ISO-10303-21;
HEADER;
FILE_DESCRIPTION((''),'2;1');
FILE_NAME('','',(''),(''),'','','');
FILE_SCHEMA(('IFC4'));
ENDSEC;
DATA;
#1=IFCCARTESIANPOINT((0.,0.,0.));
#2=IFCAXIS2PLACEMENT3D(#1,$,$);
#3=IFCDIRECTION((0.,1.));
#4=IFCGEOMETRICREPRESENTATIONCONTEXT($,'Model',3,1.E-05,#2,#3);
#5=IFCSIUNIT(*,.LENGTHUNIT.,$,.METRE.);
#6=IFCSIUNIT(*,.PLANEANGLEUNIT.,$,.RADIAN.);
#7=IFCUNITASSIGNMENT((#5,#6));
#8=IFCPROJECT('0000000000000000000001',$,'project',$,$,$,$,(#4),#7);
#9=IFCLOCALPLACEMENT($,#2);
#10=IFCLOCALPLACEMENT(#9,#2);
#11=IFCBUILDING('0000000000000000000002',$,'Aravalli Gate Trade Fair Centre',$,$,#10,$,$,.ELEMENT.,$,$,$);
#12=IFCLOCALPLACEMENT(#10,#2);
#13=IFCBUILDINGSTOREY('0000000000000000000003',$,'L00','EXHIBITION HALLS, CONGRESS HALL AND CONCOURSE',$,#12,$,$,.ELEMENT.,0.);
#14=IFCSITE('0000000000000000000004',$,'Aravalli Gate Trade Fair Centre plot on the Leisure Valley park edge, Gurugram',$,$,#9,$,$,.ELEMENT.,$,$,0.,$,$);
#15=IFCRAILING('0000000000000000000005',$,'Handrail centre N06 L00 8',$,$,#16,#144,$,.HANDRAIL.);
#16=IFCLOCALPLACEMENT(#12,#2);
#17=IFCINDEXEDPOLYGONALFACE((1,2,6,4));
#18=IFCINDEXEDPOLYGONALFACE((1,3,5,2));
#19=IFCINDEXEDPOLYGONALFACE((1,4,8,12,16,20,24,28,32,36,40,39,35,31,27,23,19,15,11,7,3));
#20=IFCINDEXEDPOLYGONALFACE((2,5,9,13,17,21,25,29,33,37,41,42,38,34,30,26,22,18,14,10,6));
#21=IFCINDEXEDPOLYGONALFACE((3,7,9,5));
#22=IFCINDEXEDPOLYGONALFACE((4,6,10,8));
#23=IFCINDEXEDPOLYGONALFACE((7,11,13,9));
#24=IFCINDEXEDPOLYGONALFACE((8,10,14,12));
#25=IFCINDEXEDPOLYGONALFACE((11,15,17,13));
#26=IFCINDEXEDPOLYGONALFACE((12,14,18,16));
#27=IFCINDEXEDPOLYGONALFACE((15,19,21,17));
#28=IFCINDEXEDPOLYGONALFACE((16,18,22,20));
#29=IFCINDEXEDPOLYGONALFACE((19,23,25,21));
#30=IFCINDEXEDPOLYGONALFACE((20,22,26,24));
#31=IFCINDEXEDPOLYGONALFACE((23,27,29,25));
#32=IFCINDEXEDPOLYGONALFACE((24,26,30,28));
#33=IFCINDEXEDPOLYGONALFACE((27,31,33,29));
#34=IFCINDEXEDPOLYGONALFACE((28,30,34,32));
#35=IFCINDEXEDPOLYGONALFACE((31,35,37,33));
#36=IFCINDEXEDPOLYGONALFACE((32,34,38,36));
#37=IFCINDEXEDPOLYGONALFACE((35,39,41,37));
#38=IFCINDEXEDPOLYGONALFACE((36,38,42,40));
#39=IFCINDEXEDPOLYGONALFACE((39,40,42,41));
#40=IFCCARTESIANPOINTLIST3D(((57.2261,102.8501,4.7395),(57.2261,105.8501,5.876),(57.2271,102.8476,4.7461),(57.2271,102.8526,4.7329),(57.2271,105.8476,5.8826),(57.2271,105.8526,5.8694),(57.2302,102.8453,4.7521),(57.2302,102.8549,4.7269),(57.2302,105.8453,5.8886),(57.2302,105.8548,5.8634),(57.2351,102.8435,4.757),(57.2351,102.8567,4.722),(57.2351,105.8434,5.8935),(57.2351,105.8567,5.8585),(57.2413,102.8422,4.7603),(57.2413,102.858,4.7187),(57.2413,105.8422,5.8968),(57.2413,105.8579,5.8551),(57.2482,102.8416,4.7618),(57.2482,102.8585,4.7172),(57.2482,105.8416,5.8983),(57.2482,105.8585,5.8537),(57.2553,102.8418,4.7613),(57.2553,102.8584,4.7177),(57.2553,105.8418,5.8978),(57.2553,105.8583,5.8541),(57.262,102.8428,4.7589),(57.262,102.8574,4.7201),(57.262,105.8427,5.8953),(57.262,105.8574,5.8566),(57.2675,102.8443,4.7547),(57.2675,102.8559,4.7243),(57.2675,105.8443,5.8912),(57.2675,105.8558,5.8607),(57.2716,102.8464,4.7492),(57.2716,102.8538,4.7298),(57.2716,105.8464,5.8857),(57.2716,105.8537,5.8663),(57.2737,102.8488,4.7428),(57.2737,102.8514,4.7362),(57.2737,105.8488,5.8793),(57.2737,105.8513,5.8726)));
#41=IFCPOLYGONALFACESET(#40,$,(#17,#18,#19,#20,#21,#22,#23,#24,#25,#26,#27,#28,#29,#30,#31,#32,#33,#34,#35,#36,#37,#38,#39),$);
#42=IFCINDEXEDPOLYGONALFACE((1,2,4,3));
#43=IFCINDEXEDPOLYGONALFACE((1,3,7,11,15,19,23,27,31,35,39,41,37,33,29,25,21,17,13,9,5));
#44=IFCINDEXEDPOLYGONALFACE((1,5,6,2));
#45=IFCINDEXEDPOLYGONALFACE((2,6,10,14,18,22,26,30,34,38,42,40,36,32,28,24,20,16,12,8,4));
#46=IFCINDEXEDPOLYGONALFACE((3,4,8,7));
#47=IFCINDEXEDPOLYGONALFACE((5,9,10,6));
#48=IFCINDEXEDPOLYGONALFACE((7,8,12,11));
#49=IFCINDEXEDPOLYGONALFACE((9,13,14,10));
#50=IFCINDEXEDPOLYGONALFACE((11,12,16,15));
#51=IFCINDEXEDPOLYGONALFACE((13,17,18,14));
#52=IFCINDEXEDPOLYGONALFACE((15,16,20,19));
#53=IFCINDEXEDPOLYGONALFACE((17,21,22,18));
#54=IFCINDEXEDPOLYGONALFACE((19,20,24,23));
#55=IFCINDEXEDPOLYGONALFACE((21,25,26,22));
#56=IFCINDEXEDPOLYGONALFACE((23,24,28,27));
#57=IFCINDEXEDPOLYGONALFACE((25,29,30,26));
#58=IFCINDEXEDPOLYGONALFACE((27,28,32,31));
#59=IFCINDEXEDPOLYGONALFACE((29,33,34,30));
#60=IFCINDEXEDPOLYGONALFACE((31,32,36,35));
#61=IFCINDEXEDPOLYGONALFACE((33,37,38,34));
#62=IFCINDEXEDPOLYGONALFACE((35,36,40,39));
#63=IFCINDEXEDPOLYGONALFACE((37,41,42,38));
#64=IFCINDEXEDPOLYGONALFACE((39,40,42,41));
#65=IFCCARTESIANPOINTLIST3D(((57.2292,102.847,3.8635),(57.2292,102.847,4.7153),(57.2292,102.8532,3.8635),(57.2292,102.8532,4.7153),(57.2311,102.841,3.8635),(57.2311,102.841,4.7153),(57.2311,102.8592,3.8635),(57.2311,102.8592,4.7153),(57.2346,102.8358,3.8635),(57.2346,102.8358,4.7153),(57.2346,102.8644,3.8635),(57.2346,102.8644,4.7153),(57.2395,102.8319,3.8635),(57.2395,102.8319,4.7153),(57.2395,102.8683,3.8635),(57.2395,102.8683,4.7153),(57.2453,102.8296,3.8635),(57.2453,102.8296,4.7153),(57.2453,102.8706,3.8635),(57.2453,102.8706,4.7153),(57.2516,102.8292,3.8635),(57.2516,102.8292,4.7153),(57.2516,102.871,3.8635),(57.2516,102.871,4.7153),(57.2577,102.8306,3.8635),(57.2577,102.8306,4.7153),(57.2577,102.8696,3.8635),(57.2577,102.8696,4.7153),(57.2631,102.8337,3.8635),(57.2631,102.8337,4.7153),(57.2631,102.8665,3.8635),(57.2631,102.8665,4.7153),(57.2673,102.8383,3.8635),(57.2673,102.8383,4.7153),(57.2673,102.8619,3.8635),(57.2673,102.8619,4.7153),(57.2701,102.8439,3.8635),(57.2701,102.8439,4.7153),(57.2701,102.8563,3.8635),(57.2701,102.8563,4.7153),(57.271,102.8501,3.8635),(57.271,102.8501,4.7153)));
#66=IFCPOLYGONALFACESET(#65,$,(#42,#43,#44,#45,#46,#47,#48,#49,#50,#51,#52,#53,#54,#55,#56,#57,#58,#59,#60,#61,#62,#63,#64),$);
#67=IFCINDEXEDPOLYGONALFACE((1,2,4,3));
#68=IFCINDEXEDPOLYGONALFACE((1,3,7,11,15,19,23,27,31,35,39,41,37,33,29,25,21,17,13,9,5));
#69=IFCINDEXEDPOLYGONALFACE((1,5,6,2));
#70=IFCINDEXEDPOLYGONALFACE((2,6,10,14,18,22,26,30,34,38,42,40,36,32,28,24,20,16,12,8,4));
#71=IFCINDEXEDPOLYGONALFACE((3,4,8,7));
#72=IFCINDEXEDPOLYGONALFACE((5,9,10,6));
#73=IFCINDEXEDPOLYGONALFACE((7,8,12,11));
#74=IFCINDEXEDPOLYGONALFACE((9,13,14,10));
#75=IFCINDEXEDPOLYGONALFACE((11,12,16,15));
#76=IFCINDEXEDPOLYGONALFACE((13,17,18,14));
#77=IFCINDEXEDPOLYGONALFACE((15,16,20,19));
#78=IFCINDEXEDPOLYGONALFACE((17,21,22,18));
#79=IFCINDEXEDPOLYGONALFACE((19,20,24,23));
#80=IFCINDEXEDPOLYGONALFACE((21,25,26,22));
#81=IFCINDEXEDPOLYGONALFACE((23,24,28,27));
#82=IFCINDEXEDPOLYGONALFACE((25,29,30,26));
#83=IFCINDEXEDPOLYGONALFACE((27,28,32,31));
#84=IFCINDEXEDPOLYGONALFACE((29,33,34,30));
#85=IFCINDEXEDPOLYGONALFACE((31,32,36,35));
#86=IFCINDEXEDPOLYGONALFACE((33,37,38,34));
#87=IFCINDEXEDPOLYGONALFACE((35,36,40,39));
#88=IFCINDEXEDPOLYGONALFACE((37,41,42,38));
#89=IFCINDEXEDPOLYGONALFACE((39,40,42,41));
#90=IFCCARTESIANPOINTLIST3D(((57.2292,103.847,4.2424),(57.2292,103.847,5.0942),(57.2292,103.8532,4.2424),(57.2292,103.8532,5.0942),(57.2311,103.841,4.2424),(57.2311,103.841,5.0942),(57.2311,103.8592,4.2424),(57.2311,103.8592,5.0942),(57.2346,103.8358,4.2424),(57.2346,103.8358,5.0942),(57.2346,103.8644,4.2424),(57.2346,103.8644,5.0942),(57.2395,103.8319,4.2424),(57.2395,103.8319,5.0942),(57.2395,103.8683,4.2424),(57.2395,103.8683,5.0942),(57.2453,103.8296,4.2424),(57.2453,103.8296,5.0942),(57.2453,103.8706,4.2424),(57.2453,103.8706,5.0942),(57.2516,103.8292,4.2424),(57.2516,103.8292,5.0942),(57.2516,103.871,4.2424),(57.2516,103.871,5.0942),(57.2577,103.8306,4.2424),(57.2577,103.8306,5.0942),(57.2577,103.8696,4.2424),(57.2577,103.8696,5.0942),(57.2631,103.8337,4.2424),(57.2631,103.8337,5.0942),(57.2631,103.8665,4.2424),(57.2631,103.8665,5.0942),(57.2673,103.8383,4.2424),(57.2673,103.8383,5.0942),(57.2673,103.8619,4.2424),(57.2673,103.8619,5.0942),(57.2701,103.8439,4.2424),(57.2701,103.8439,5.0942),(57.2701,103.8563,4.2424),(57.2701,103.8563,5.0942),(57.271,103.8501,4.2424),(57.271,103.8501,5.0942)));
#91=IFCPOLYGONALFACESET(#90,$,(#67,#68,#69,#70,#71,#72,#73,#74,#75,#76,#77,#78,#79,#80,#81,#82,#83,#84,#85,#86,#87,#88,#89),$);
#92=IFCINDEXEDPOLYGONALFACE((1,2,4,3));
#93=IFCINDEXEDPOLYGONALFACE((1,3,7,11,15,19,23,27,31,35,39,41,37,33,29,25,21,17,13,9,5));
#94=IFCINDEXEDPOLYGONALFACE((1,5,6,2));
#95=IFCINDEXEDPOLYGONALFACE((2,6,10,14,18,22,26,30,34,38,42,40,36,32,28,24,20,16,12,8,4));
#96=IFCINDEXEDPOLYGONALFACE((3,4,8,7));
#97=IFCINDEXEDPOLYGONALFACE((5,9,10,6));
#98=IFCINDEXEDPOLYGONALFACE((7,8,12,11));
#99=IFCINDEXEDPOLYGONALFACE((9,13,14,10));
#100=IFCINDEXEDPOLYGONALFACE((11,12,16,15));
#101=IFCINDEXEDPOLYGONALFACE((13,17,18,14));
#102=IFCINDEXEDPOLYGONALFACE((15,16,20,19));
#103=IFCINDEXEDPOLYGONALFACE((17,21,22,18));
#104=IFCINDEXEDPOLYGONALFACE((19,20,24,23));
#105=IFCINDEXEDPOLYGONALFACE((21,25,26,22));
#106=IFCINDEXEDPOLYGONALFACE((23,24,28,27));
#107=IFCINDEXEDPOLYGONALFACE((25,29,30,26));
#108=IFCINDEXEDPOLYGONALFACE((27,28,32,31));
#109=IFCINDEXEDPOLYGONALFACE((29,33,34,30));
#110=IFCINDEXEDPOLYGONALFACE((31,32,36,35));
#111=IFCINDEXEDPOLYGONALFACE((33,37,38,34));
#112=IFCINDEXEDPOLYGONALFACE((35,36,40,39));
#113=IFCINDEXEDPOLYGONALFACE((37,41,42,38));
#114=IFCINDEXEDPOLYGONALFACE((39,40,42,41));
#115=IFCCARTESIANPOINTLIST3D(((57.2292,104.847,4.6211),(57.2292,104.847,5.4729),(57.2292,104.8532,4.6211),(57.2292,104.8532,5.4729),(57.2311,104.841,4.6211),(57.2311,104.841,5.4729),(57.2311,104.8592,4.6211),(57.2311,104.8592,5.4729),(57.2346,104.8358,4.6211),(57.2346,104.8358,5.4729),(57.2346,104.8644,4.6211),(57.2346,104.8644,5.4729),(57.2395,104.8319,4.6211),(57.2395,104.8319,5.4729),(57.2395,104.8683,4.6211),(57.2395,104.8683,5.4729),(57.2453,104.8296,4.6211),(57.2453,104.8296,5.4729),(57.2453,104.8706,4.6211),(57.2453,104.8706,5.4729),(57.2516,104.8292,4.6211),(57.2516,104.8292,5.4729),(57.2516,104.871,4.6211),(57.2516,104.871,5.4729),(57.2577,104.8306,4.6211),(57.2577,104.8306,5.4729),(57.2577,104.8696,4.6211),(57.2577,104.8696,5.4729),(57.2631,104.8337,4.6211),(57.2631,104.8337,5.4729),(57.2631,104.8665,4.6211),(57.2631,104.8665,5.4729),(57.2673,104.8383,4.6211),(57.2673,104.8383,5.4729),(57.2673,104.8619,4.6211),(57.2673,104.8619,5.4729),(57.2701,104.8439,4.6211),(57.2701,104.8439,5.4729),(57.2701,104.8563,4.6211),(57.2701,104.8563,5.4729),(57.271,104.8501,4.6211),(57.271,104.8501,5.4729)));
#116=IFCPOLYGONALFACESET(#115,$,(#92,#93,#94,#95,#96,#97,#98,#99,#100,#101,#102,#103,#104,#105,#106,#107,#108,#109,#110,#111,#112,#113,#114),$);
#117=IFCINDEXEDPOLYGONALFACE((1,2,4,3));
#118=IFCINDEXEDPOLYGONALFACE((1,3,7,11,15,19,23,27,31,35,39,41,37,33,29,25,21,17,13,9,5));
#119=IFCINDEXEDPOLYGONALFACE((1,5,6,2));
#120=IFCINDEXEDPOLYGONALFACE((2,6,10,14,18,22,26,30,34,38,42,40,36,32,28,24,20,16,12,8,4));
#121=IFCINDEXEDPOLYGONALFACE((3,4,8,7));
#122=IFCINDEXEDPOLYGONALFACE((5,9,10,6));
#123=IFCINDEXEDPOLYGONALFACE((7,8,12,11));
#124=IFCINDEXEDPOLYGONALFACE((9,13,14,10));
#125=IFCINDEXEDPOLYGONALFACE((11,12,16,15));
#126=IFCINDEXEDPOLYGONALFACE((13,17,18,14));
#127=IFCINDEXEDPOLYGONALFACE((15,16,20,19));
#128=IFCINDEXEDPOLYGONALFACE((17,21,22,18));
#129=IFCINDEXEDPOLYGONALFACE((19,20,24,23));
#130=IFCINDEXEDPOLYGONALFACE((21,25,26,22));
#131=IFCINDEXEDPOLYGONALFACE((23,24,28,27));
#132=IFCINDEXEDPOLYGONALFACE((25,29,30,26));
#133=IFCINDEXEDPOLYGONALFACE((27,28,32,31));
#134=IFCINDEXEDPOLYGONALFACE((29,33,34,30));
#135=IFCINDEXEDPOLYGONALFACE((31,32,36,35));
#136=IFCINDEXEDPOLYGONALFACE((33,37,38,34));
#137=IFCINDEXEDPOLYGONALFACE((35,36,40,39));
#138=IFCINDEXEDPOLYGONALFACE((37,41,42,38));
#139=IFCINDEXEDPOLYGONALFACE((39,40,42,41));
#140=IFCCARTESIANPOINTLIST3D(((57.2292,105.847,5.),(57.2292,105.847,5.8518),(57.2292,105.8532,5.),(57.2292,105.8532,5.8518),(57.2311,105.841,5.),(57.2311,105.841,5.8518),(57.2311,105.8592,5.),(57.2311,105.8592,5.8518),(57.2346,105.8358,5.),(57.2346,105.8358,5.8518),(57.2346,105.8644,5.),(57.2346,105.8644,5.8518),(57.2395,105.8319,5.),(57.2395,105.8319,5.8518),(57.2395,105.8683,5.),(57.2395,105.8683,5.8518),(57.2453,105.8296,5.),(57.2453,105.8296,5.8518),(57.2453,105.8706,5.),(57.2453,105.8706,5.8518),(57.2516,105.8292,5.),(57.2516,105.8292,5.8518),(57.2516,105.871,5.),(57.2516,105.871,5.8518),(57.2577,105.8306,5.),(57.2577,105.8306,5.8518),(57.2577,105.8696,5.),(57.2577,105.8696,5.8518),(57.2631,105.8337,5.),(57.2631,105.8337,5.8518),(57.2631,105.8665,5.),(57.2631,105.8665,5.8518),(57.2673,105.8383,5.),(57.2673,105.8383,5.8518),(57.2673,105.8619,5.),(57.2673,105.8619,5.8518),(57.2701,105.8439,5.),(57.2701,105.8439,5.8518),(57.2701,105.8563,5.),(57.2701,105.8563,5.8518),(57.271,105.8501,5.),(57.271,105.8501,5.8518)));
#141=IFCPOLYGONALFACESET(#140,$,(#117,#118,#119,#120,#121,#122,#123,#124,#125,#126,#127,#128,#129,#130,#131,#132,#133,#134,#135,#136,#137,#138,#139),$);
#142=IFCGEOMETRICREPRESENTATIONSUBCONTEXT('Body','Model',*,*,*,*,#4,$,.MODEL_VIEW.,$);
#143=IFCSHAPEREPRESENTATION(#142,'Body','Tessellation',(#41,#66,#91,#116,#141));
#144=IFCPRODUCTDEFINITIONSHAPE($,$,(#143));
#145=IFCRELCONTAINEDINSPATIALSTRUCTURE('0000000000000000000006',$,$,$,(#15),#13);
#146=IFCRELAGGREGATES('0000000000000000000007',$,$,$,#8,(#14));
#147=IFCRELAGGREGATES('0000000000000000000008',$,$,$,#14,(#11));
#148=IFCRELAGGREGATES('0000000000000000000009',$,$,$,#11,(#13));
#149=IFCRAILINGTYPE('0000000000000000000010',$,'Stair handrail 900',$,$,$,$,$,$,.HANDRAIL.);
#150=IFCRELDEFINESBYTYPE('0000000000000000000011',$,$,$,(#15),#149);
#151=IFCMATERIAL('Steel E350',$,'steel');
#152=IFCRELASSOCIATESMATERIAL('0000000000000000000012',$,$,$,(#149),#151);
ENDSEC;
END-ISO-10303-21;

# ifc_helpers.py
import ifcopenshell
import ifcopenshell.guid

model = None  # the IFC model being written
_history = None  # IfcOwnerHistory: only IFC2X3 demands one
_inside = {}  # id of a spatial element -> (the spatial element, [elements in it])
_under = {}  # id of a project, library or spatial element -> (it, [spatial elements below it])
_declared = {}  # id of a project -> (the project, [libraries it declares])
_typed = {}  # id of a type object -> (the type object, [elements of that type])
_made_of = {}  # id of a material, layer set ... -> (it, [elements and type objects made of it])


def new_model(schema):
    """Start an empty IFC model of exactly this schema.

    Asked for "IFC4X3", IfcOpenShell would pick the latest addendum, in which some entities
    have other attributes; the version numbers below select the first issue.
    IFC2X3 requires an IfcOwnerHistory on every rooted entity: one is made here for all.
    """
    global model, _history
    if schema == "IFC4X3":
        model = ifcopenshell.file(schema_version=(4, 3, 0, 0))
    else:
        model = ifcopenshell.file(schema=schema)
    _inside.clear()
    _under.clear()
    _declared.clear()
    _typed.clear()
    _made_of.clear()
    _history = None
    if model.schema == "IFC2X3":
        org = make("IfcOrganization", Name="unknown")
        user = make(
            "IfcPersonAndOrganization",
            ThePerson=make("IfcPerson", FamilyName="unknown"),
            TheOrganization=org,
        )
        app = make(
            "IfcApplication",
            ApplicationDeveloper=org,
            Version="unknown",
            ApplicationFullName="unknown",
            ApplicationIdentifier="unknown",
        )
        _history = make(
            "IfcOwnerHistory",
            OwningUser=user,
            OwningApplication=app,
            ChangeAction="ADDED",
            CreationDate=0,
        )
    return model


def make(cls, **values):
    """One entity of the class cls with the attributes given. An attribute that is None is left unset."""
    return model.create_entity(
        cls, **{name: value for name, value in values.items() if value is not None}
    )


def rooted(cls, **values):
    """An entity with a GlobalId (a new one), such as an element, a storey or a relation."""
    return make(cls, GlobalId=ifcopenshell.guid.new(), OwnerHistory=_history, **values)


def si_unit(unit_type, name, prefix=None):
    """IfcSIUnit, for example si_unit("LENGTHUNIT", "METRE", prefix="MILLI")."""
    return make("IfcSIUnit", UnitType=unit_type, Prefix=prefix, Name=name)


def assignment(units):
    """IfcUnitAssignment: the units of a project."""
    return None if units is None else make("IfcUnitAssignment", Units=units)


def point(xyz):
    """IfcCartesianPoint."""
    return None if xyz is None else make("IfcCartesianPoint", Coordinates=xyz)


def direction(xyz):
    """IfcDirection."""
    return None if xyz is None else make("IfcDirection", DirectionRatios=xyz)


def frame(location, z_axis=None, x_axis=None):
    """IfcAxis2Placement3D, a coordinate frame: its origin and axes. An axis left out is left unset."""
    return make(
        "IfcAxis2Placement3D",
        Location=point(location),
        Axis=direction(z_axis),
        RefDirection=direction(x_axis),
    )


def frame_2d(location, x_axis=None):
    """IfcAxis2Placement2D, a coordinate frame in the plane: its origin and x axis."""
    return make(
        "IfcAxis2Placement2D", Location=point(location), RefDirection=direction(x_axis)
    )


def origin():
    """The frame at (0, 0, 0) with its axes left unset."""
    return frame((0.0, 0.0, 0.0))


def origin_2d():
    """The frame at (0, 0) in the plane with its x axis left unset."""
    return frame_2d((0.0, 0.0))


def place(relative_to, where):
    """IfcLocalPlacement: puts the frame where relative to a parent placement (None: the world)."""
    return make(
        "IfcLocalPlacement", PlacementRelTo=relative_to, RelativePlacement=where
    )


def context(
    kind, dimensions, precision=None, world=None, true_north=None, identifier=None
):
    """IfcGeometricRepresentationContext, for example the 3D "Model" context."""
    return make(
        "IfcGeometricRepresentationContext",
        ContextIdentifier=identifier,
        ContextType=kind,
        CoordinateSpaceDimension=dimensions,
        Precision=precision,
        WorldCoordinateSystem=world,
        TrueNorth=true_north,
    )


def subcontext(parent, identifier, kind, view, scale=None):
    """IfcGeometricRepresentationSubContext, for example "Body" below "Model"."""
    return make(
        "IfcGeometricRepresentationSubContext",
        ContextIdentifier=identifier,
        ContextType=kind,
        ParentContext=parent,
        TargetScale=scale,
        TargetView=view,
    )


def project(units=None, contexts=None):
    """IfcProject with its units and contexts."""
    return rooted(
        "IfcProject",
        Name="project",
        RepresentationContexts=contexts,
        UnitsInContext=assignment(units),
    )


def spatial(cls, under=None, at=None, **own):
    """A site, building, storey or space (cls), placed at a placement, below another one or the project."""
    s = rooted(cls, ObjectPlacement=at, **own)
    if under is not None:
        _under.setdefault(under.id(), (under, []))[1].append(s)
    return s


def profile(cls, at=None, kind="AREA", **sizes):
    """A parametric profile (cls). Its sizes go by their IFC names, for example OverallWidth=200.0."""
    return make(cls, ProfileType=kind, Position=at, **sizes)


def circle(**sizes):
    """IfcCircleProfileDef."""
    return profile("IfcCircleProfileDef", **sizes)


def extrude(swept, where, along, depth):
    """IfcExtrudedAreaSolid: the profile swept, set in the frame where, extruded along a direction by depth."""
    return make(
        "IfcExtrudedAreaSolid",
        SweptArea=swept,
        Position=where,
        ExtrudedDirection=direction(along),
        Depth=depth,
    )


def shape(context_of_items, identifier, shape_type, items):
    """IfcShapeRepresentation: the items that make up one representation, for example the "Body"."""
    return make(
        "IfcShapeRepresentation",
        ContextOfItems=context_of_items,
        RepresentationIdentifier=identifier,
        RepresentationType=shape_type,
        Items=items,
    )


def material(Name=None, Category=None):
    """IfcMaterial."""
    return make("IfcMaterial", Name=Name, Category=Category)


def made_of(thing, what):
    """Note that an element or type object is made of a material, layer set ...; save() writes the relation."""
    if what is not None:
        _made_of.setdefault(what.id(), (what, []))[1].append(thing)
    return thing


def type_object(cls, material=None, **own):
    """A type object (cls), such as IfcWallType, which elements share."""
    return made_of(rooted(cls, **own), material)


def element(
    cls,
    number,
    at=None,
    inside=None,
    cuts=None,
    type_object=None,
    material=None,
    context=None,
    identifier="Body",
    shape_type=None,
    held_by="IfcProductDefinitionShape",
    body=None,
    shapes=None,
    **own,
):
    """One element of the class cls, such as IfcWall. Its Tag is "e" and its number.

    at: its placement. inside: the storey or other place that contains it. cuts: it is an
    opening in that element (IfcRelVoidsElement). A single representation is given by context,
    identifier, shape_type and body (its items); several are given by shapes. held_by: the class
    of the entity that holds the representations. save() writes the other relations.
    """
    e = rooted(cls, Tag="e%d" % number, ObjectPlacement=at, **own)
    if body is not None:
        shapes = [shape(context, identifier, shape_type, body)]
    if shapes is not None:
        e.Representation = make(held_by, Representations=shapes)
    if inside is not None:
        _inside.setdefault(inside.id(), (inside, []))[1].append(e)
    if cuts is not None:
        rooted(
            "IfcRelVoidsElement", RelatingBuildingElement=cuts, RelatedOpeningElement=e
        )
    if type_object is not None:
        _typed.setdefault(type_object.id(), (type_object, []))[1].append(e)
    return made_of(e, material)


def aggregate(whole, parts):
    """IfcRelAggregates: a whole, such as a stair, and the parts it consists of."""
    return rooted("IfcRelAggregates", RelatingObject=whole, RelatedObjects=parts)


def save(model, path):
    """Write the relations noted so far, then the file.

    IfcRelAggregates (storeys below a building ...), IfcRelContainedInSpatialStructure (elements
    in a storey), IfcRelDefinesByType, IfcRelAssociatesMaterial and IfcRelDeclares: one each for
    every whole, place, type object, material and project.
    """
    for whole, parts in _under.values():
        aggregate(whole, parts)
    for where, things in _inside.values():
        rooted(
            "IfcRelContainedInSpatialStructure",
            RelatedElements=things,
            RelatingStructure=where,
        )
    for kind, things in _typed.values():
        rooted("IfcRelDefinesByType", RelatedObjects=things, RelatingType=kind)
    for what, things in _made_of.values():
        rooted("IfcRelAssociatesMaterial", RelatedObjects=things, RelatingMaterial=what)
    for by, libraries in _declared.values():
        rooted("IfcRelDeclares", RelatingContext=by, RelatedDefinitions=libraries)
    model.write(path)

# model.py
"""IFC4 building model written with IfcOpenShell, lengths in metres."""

from ifc_helpers import new_model, si_unit, direction, frame, origin, origin_2d, place, context, subcontext, project, spatial, circle, extrude, material, type_object, element, save


model = new_model("IFC4")

# Units and contexts
model_context = context("Model", 3, precision=1e-05, world=origin(), true_north=direction((0.0, 1.0)))
body_context = subcontext(model_context, "Body", "Model", "MODEL_VIEW")
ifc_project = project(units=[si_unit("LENGTHUNIT", "METRE"), si_unit("PLANEANGLEUNIT", "RADIAN")], contexts=[model_context])

# Site, building, storey
site_placement = place(None, origin())
site = spatial("IfcSite", under=ifc_project, at=site_placement, Name="Aravalli Gate Trade Fair Centre plot on the Leisure Valley park edge, Gurugram", CompositionType="ELEMENT", RefElevation=0.0)
building_placement = place(site_placement, origin())
building = spatial("IfcBuilding", under=site, at=building_placement, Name="Aravalli Gate Trade Fair Centre", CompositionType="ELEMENT")
storey_placement = place(building_placement, origin())
storey = spatial("IfcBuildingStorey", under=building, at=storey_placement, Name="L00", Description="EXHIBITION HALLS, CONGRESS HALL AND CONCOURSE", CompositionType="ELEMENT", Elevation=0.0)

# Railing
ifc_material_1 = material(Name="Steel E350", Category="steel")
railing_type = type_object("IfcRailingType", Name="Stair handrail 900", PredefinedType="HANDRAIL", material=ifc_material_1)
for number, where, name in (
    (1, (57.25, 102.8501, 3.8635), "Handrail centre N06 L00 8"),
):
    element("IfcRailing", number, at=place(storey_placement, frame(where)), inside=storey, type_object=railing_type, Name=name, PredefinedType="HANDRAIL", context=body_context, shape_type="SweptSolid", body=[
        extrude(circle(Radius=0.0239, at=origin_2d()), frame((0.0, 0.0, 0.876), z_axis=(0.0, 0.935148, 0.354257), x_axis=(-1.0, 0.0, 0.0)), (0.0, 0.0, 1.0), 3.208),
        extrude(circle(Radius=0.021, at=origin_2d()), origin(), (0.0, 0.0, 1.0), 0.8518),
        extrude(circle(Radius=0.021, at=origin_2d()), frame((0.0, 1.0, 0.3789)), (0.0, 0.0, 1.0), 0.8518),
        extrude(circle(Radius=0.021, at=origin_2d()), frame((0.0, 2.0, 0.7576)), (0.0, 0.0, 1.0), 0.8518),
        extrude(circle(Radius=0.021, at=origin_2d()), frame((0.0, 3.0, 1.1365)), (0.0, 0.0, 1.0), 0.8518),
    ])

save(model, "model.ifc")
